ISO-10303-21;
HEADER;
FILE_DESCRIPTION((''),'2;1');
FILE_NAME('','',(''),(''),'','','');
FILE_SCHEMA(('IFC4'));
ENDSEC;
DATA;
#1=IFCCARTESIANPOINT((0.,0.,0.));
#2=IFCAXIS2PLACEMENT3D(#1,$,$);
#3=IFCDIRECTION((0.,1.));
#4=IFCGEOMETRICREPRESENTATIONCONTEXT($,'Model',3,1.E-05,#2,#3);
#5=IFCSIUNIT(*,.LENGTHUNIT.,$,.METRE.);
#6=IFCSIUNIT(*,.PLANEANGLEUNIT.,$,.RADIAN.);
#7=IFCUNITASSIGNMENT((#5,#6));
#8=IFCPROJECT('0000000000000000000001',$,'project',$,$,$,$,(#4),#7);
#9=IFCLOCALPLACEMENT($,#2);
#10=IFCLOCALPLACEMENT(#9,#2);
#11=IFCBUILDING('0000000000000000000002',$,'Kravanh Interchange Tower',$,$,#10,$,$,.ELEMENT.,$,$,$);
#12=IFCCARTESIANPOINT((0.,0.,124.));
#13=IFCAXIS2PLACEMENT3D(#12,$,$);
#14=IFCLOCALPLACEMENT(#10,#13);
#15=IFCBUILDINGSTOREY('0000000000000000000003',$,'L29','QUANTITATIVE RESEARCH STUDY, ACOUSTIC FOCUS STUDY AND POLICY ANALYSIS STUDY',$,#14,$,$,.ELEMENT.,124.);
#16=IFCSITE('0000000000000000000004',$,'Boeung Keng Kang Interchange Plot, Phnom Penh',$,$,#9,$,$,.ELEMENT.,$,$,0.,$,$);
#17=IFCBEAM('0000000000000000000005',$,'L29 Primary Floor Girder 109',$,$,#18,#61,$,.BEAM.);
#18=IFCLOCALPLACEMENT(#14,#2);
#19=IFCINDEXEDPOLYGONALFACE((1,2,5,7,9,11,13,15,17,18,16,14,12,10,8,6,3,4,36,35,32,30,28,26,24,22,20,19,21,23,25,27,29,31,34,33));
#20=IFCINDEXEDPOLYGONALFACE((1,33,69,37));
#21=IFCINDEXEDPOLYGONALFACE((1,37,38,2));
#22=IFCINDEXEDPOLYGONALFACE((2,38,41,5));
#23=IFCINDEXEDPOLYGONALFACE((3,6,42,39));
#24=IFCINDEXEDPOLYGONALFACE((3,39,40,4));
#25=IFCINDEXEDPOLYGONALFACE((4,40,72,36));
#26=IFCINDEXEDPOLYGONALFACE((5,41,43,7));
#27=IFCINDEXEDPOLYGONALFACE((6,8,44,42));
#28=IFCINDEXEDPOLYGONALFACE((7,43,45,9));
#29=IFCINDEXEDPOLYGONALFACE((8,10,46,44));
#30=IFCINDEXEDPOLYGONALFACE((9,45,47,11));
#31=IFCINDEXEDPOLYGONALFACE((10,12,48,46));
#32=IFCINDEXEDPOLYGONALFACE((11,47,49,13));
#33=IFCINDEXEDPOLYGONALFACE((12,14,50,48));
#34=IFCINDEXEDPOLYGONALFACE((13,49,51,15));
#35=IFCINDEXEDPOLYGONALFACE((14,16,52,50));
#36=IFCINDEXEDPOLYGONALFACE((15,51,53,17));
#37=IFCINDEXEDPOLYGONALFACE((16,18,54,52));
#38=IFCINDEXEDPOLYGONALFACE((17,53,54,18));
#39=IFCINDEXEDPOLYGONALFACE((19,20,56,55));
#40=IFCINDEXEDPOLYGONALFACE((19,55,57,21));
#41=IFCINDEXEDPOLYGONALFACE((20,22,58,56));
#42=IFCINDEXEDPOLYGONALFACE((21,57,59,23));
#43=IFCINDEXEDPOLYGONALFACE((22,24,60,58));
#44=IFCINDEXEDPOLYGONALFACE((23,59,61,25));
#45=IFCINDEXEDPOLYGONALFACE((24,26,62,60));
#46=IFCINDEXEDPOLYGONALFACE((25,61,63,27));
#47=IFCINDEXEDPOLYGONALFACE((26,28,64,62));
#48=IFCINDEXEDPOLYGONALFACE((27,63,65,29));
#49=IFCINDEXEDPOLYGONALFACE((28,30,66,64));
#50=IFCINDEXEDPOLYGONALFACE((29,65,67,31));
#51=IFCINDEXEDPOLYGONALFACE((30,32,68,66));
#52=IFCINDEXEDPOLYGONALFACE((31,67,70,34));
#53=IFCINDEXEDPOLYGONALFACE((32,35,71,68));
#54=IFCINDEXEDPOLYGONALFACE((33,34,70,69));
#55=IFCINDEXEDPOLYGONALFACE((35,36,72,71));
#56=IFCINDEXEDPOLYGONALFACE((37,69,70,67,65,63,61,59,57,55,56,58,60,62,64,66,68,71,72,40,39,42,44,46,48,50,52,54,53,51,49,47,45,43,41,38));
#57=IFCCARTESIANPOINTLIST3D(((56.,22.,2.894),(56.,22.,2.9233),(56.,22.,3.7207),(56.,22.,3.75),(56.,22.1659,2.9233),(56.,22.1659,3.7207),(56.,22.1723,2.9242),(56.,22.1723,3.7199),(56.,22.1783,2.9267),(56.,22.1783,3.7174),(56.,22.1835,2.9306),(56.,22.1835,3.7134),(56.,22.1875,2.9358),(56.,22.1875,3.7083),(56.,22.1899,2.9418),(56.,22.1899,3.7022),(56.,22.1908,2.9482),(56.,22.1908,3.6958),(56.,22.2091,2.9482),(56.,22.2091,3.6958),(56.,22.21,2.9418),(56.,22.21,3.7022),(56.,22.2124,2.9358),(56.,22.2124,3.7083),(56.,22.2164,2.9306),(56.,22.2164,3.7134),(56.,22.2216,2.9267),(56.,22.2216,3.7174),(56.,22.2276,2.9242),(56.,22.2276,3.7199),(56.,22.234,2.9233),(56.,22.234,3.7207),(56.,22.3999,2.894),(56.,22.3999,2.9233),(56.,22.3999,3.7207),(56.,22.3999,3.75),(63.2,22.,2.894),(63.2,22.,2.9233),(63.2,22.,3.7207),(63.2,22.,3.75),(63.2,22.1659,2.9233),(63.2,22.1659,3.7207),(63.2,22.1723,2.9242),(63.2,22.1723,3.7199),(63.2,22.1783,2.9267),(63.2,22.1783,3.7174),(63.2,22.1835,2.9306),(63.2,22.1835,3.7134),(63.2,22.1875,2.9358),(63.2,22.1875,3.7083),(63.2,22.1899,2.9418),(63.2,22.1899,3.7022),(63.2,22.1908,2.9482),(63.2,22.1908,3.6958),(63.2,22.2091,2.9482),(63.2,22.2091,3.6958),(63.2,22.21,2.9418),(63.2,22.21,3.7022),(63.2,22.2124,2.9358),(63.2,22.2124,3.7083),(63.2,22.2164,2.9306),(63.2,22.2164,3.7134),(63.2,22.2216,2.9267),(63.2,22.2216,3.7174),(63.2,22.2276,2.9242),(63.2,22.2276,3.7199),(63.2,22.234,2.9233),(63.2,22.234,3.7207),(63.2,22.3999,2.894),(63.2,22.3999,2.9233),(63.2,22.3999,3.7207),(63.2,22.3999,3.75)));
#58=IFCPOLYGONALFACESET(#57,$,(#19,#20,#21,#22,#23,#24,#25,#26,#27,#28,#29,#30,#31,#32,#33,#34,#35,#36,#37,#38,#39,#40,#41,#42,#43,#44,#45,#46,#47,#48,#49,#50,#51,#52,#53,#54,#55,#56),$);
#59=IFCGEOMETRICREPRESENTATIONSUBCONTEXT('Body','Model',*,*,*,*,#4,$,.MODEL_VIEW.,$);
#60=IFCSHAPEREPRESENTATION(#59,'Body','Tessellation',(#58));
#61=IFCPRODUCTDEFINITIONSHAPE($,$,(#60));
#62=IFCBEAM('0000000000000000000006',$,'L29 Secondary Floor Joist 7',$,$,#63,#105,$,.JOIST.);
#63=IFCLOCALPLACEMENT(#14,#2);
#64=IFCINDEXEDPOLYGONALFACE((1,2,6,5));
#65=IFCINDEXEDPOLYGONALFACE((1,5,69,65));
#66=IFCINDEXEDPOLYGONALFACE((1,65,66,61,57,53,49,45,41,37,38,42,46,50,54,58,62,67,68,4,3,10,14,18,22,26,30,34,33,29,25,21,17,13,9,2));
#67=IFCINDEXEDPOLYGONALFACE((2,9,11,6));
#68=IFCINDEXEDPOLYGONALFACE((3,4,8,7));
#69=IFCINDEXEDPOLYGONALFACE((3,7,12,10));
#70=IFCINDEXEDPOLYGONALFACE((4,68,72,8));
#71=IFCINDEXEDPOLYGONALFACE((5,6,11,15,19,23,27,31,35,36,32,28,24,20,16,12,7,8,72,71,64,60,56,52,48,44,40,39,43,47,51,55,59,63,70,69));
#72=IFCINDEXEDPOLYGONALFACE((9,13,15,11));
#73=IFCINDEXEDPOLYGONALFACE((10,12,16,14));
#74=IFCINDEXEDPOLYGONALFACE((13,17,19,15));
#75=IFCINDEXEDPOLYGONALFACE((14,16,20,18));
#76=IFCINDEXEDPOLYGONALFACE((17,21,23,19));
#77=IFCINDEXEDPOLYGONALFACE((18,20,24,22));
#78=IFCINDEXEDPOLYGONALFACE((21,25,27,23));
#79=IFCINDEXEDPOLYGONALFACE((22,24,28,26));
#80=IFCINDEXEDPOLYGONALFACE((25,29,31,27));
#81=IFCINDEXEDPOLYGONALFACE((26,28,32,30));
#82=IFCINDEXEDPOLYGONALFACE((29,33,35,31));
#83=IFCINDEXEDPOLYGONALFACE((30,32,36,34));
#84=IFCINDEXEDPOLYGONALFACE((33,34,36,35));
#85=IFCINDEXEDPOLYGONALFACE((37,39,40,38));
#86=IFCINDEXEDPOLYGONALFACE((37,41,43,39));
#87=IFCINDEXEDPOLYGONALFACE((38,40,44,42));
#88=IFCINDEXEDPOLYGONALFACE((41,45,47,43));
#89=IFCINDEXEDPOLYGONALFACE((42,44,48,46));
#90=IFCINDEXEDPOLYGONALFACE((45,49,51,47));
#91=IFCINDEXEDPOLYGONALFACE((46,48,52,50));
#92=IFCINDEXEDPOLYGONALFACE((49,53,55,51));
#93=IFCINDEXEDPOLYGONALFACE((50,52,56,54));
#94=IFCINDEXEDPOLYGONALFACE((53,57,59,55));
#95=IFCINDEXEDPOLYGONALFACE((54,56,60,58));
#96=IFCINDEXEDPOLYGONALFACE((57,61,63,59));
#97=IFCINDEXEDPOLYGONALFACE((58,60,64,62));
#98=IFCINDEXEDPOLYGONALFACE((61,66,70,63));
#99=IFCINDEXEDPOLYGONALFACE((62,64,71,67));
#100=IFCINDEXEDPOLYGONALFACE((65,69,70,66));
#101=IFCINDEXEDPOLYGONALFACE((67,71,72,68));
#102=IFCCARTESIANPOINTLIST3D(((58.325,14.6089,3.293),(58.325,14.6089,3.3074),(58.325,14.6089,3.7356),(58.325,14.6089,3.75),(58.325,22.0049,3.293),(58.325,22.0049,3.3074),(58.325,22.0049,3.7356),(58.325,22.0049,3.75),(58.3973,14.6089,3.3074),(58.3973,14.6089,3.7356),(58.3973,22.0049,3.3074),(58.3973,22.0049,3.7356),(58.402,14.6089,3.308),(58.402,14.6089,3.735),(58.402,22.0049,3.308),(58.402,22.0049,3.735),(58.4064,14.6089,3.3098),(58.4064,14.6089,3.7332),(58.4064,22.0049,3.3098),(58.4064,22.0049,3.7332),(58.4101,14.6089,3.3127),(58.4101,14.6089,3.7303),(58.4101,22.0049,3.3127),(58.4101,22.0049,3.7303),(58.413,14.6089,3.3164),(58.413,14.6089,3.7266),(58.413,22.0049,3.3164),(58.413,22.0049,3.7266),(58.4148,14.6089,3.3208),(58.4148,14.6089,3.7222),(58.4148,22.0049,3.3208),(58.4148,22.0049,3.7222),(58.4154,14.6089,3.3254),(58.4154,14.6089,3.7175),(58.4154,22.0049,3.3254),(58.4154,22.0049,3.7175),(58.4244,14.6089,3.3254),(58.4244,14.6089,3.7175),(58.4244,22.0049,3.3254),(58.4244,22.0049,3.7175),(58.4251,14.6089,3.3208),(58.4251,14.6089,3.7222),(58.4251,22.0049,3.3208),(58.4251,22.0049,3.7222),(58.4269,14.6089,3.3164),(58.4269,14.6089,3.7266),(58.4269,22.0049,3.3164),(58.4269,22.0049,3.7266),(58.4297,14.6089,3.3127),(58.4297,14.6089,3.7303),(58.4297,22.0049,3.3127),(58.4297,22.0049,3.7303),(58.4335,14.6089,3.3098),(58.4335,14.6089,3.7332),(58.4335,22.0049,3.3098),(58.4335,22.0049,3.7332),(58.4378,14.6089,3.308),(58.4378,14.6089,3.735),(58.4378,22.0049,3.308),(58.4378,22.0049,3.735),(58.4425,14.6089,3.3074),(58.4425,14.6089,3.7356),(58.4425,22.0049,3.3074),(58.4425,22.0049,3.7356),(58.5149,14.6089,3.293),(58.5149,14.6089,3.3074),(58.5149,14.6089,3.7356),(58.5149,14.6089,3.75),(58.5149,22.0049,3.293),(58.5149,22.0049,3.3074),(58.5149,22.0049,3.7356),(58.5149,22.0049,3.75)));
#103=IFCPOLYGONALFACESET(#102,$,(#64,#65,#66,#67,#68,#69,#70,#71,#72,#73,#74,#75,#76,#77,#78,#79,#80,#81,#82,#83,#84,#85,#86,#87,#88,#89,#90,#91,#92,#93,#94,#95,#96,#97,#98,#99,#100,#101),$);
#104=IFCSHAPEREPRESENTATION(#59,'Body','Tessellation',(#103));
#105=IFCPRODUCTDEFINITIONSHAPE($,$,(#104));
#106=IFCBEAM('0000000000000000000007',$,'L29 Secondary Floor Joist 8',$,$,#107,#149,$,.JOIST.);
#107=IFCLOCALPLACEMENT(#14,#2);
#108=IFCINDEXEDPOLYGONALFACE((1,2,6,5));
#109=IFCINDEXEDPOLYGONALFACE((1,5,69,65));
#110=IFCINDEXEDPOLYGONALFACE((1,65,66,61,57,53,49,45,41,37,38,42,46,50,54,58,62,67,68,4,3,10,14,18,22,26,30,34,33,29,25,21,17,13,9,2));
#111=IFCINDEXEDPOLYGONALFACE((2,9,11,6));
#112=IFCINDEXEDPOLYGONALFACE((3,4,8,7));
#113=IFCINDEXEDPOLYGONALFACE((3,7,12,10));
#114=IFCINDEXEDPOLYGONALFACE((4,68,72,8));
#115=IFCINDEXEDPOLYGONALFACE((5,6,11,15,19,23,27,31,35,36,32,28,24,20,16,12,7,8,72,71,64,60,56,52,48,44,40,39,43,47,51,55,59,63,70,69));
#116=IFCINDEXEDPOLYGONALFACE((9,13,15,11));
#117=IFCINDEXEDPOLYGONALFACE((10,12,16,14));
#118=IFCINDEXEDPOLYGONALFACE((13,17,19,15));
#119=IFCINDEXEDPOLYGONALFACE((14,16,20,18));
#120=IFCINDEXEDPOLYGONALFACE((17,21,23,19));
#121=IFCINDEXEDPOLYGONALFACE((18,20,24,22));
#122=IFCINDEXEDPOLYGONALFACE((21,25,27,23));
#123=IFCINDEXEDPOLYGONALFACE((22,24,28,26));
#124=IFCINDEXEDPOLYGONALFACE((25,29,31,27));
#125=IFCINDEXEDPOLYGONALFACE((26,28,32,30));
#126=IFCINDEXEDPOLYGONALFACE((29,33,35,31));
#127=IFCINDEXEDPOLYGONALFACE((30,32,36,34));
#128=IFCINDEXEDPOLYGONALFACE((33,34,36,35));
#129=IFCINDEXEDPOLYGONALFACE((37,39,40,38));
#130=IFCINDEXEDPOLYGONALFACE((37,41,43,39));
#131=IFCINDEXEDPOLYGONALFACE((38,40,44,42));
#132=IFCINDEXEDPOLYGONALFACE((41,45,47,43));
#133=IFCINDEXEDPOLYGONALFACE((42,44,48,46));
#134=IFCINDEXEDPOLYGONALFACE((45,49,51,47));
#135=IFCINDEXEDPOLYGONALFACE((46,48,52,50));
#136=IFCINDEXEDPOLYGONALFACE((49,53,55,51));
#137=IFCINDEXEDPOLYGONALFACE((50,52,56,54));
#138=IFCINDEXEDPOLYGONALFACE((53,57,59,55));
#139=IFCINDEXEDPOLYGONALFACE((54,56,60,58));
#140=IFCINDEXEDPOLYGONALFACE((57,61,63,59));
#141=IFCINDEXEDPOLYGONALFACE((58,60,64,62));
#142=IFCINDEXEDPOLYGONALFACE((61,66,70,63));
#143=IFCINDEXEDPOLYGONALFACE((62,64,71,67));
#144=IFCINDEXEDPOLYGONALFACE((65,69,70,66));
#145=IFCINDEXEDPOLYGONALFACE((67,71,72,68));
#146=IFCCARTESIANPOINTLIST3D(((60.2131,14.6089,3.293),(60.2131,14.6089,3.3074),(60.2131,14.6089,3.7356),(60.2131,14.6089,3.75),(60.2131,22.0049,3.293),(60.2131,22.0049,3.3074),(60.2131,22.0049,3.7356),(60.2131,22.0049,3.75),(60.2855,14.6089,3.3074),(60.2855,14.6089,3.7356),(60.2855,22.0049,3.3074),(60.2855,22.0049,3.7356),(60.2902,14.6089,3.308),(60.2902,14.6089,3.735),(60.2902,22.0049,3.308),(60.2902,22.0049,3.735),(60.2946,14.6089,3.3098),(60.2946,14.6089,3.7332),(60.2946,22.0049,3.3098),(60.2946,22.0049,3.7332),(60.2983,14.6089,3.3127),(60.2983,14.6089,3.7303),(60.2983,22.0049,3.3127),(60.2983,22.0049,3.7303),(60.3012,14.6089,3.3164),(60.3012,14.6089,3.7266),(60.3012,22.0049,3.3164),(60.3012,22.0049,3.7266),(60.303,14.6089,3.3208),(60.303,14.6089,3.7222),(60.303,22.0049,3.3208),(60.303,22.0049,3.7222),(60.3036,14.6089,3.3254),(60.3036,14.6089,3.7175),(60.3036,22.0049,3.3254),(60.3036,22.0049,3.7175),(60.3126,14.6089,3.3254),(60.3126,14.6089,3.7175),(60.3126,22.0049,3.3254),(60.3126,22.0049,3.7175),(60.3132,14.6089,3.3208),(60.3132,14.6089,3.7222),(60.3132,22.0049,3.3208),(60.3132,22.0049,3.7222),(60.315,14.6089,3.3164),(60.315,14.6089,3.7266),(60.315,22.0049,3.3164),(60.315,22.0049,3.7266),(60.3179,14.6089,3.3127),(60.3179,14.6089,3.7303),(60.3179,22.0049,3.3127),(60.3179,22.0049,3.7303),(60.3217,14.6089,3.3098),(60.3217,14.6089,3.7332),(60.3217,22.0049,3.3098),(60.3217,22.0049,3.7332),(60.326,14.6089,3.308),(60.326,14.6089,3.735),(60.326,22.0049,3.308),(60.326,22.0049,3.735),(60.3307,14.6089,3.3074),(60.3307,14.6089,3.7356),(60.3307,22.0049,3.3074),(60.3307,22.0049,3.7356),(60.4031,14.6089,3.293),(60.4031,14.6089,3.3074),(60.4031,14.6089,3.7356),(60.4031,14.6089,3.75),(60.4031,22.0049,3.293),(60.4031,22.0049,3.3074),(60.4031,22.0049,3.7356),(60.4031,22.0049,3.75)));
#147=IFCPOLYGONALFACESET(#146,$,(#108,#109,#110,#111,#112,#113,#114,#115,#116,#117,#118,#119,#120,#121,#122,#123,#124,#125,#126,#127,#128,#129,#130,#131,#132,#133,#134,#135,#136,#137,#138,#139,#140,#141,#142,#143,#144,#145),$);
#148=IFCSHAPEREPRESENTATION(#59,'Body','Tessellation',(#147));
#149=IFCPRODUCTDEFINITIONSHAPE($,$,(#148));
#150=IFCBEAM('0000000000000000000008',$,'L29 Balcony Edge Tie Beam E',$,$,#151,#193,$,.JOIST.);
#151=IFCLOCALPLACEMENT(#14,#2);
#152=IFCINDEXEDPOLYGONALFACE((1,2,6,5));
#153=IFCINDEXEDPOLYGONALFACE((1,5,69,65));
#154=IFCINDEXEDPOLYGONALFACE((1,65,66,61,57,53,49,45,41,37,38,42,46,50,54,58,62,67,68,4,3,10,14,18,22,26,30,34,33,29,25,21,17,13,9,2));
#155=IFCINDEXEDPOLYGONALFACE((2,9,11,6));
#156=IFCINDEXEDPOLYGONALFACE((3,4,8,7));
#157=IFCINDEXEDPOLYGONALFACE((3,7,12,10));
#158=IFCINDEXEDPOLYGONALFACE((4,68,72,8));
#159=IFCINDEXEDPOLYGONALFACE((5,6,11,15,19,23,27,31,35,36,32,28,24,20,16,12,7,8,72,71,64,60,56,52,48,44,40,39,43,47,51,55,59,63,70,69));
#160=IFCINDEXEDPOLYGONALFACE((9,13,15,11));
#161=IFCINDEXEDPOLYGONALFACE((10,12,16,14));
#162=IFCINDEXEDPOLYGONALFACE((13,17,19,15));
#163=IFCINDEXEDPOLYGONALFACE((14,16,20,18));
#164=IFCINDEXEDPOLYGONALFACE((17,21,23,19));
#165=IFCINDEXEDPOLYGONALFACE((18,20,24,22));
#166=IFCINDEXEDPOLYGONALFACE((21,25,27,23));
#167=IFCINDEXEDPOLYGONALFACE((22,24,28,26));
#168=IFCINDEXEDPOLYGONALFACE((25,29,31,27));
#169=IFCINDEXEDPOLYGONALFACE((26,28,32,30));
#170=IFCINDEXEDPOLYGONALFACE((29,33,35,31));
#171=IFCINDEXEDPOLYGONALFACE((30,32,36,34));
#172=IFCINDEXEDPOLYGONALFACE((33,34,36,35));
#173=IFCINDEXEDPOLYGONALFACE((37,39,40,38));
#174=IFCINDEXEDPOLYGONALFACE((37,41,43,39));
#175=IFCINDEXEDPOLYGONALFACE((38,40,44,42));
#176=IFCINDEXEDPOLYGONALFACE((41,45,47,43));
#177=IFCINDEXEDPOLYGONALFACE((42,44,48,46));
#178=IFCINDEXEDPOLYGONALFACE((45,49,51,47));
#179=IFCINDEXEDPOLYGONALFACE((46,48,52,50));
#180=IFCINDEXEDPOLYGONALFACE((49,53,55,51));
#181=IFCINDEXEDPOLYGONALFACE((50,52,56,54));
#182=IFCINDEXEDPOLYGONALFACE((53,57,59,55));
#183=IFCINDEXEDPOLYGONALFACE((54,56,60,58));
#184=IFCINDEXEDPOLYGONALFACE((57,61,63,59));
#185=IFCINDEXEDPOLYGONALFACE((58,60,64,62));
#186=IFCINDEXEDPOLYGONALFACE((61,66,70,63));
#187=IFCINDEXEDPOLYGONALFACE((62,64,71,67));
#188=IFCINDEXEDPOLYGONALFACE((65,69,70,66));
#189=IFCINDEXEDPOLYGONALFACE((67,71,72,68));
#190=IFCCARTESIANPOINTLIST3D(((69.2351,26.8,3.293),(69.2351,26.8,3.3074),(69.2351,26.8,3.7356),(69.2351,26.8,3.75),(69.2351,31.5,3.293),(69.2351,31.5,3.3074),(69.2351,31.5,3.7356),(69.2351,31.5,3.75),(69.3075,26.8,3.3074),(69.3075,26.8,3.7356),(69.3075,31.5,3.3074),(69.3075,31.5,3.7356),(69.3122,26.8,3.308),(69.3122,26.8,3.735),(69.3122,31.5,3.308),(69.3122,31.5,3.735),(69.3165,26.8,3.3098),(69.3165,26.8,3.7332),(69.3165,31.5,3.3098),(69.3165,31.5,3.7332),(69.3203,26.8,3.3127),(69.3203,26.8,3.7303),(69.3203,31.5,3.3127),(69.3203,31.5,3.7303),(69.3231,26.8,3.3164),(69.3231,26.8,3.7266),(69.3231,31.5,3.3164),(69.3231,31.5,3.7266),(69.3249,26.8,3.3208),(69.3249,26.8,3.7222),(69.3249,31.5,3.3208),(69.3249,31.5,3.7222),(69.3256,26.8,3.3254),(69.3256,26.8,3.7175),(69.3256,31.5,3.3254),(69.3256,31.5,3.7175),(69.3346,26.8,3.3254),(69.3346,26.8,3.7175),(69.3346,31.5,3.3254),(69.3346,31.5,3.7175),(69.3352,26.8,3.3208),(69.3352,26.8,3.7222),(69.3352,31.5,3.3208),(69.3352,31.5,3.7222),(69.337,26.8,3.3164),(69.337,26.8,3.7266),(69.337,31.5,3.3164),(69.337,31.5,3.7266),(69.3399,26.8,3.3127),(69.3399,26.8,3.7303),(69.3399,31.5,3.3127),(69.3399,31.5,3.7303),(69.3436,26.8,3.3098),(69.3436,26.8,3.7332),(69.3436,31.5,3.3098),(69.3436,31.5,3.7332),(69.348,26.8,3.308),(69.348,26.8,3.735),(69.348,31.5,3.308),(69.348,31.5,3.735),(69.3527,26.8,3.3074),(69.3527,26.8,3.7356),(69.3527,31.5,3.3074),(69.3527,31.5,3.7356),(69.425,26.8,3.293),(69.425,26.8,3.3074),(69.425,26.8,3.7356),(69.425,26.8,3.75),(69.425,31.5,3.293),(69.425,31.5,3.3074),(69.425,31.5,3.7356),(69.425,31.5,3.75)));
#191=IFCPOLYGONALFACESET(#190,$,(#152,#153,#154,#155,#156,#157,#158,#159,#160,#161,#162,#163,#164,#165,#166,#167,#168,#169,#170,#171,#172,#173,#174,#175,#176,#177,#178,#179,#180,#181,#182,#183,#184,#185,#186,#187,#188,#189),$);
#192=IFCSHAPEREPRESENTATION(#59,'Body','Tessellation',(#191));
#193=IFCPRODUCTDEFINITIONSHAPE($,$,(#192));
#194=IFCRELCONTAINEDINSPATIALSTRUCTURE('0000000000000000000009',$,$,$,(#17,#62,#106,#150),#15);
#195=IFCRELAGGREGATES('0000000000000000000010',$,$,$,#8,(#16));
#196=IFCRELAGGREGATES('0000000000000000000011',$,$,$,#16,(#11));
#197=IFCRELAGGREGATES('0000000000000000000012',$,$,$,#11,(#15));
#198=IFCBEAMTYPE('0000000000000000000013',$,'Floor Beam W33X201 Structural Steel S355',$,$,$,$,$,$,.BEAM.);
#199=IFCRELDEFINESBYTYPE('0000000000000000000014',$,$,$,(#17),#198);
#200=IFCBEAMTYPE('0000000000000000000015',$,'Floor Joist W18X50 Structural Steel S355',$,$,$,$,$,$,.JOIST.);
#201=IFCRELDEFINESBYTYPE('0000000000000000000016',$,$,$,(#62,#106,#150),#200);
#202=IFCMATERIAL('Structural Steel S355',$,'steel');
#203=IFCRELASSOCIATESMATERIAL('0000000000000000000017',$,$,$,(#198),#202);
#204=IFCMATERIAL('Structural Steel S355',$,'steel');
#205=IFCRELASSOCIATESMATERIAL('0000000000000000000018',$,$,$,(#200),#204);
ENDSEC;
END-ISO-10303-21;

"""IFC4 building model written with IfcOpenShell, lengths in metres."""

from ifc_helpers import new_model, si_unit, direction, frame, origin, origin_2d, place, context, subcontext, project, spatial, i_section, extrude, material, material_profile, profile_set, type_object, element, save


model = new_model("IFC4")

# Units and contexts
model_context = context("Model", 3, precision=1e-05, world=origin(), true_north=direction((0.0, 1.0)))
body_context = subcontext(model_context, "Body", "Model", "MODEL_VIEW")
ifc_project = project(units=[si_unit("LENGTHUNIT", "METRE"), si_unit("PLANEANGLEUNIT", "RADIAN")], contexts=[model_context])

# Site, building, storey
site_placement = place(None, origin())
site = spatial("IfcSite", under=ifc_project, at=site_placement, Name="Boeung Keng Kang Interchange Plot, Phnom Penh", CompositionType="ELEMENT", RefElevation=0.0)
building_placement = place(site_placement, origin())
building = spatial("IfcBuilding", under=site, at=building_placement, Name="Kravanh Interchange Tower", CompositionType="ELEMENT")
storey_placement = place(building_placement, frame((0.0, 0.0, 124.0)))
storey = spatial("IfcBuildingStorey", under=building, at=storey_placement, Name="L29", Description="QUANTITATIVE RESEARCH STUDY, ACOUSTIC FOCUS STUDY AND POLICY ANALYSIS STUDY", CompositionType="ELEMENT", Elevation=124.0)

# Beams
ifc_material_1 = material(Name="Structural Steel S355", Category="steel")
ifc_material_profile_1 = material_profile(ifc_material_1, i_section(OverallWidth=0.3999, OverallDepth=0.856, WebThickness=0.0183, FlangeThickness=0.0293, FilletRadius=0.0249, at=origin_2d()), Name="W33X201")
ifc_profile_set_1 = profile_set([ifc_material_profile_1], Name="Structural Steel S355")
beam_type_1 = type_object("IfcBeamType", Name="Floor Beam W33X201 Structural Steel S355", PredefinedType="BEAM", material=ifc_profile_set_1)
beam_1_placement = place(storey_placement, frame((56.0, 22.2, 3.322), z_axis=(1.0, 0.0, 0.0), x_axis=(0.0, 1.0, 0.0)))
element("IfcBeam", 1, at=beam_1_placement, inside=storey, type_object=beam_type_1, Name="L29 Primary Floor Girder 109", PredefinedType="BEAM", context=body_context, shape_type="SweptSolid", body=[
    extrude(i_section(OverallWidth=0.3999, OverallDepth=0.856, WebThickness=0.0183, FlangeThickness=0.0293, FilletRadius=0.0249, at=origin_2d()), origin(), (0.0, 0.0, 1.0), 7.2),
])
ifc_material_2 = material(Name="Structural Steel S355", Category="steel")
ifc_material_profile_2 = material_profile(ifc_material_2, i_section(OverallWidth=0.1899, OverallDepth=0.457, WebThickness=0.009, FlangeThickness=0.0144, FilletRadius=0.0181, at=origin_2d()), Name="W18X50")
ifc_profile_set_2 = profile_set([ifc_material_profile_2], Name="Structural Steel S355")
beam_type_2 = type_object("IfcBeamType", Name="Floor Joist W18X50 Structural Steel S355", PredefinedType="JOIST", material=ifc_profile_set_2)
for number, where, z_axis, x_axis, name in (
    (2, (58.4199, 14.6089, 3.5215), (0.0, 1.0, 0.0), (-1.0, 0.0, 0.0), "L29 Secondary Floor Joist 7"),
    (3, (60.3081, 14.6089, 3.5215), (0.0, 1.0, 0.0), (-1.0, 0.0, 0.0), "L29 Secondary Floor Joist 8"),
):
    element("IfcBeam", number, at=place(storey_placement, frame(where, z_axis=z_axis, x_axis=x_axis)), inside=storey, type_object=beam_type_2, Name=name, PredefinedType="JOIST", context=body_context, shape_type="SweptSolid", body=[
        extrude(i_section(OverallWidth=0.1899, OverallDepth=0.457, WebThickness=0.009, FlangeThickness=0.0144, FilletRadius=0.0181, at=origin_2d()), origin(), (0.0, 0.0, 1.0), 7.396),
    ])
beam_2_placement = place(storey_placement, frame((69.3301, 26.8, 3.5215), z_axis=(0.0, 1.0, 0.0), x_axis=(-1.0, 0.0, 0.0)))
element("IfcBeam", 4, at=beam_2_placement, inside=storey, type_object=beam_type_2, Name="L29 Balcony Edge Tie Beam E", PredefinedType="JOIST", context=body_context, shape_type="SweptSolid", body=[
    extrude(i_section(OverallWidth=0.1899, OverallDepth=0.457, WebThickness=0.009, FlangeThickness=0.0144, FilletRadius=0.0181, at=origin_2d()), origin(), (0.0, 0.0, 1.0), 4.7),
])

save(model, "model.ifc")
